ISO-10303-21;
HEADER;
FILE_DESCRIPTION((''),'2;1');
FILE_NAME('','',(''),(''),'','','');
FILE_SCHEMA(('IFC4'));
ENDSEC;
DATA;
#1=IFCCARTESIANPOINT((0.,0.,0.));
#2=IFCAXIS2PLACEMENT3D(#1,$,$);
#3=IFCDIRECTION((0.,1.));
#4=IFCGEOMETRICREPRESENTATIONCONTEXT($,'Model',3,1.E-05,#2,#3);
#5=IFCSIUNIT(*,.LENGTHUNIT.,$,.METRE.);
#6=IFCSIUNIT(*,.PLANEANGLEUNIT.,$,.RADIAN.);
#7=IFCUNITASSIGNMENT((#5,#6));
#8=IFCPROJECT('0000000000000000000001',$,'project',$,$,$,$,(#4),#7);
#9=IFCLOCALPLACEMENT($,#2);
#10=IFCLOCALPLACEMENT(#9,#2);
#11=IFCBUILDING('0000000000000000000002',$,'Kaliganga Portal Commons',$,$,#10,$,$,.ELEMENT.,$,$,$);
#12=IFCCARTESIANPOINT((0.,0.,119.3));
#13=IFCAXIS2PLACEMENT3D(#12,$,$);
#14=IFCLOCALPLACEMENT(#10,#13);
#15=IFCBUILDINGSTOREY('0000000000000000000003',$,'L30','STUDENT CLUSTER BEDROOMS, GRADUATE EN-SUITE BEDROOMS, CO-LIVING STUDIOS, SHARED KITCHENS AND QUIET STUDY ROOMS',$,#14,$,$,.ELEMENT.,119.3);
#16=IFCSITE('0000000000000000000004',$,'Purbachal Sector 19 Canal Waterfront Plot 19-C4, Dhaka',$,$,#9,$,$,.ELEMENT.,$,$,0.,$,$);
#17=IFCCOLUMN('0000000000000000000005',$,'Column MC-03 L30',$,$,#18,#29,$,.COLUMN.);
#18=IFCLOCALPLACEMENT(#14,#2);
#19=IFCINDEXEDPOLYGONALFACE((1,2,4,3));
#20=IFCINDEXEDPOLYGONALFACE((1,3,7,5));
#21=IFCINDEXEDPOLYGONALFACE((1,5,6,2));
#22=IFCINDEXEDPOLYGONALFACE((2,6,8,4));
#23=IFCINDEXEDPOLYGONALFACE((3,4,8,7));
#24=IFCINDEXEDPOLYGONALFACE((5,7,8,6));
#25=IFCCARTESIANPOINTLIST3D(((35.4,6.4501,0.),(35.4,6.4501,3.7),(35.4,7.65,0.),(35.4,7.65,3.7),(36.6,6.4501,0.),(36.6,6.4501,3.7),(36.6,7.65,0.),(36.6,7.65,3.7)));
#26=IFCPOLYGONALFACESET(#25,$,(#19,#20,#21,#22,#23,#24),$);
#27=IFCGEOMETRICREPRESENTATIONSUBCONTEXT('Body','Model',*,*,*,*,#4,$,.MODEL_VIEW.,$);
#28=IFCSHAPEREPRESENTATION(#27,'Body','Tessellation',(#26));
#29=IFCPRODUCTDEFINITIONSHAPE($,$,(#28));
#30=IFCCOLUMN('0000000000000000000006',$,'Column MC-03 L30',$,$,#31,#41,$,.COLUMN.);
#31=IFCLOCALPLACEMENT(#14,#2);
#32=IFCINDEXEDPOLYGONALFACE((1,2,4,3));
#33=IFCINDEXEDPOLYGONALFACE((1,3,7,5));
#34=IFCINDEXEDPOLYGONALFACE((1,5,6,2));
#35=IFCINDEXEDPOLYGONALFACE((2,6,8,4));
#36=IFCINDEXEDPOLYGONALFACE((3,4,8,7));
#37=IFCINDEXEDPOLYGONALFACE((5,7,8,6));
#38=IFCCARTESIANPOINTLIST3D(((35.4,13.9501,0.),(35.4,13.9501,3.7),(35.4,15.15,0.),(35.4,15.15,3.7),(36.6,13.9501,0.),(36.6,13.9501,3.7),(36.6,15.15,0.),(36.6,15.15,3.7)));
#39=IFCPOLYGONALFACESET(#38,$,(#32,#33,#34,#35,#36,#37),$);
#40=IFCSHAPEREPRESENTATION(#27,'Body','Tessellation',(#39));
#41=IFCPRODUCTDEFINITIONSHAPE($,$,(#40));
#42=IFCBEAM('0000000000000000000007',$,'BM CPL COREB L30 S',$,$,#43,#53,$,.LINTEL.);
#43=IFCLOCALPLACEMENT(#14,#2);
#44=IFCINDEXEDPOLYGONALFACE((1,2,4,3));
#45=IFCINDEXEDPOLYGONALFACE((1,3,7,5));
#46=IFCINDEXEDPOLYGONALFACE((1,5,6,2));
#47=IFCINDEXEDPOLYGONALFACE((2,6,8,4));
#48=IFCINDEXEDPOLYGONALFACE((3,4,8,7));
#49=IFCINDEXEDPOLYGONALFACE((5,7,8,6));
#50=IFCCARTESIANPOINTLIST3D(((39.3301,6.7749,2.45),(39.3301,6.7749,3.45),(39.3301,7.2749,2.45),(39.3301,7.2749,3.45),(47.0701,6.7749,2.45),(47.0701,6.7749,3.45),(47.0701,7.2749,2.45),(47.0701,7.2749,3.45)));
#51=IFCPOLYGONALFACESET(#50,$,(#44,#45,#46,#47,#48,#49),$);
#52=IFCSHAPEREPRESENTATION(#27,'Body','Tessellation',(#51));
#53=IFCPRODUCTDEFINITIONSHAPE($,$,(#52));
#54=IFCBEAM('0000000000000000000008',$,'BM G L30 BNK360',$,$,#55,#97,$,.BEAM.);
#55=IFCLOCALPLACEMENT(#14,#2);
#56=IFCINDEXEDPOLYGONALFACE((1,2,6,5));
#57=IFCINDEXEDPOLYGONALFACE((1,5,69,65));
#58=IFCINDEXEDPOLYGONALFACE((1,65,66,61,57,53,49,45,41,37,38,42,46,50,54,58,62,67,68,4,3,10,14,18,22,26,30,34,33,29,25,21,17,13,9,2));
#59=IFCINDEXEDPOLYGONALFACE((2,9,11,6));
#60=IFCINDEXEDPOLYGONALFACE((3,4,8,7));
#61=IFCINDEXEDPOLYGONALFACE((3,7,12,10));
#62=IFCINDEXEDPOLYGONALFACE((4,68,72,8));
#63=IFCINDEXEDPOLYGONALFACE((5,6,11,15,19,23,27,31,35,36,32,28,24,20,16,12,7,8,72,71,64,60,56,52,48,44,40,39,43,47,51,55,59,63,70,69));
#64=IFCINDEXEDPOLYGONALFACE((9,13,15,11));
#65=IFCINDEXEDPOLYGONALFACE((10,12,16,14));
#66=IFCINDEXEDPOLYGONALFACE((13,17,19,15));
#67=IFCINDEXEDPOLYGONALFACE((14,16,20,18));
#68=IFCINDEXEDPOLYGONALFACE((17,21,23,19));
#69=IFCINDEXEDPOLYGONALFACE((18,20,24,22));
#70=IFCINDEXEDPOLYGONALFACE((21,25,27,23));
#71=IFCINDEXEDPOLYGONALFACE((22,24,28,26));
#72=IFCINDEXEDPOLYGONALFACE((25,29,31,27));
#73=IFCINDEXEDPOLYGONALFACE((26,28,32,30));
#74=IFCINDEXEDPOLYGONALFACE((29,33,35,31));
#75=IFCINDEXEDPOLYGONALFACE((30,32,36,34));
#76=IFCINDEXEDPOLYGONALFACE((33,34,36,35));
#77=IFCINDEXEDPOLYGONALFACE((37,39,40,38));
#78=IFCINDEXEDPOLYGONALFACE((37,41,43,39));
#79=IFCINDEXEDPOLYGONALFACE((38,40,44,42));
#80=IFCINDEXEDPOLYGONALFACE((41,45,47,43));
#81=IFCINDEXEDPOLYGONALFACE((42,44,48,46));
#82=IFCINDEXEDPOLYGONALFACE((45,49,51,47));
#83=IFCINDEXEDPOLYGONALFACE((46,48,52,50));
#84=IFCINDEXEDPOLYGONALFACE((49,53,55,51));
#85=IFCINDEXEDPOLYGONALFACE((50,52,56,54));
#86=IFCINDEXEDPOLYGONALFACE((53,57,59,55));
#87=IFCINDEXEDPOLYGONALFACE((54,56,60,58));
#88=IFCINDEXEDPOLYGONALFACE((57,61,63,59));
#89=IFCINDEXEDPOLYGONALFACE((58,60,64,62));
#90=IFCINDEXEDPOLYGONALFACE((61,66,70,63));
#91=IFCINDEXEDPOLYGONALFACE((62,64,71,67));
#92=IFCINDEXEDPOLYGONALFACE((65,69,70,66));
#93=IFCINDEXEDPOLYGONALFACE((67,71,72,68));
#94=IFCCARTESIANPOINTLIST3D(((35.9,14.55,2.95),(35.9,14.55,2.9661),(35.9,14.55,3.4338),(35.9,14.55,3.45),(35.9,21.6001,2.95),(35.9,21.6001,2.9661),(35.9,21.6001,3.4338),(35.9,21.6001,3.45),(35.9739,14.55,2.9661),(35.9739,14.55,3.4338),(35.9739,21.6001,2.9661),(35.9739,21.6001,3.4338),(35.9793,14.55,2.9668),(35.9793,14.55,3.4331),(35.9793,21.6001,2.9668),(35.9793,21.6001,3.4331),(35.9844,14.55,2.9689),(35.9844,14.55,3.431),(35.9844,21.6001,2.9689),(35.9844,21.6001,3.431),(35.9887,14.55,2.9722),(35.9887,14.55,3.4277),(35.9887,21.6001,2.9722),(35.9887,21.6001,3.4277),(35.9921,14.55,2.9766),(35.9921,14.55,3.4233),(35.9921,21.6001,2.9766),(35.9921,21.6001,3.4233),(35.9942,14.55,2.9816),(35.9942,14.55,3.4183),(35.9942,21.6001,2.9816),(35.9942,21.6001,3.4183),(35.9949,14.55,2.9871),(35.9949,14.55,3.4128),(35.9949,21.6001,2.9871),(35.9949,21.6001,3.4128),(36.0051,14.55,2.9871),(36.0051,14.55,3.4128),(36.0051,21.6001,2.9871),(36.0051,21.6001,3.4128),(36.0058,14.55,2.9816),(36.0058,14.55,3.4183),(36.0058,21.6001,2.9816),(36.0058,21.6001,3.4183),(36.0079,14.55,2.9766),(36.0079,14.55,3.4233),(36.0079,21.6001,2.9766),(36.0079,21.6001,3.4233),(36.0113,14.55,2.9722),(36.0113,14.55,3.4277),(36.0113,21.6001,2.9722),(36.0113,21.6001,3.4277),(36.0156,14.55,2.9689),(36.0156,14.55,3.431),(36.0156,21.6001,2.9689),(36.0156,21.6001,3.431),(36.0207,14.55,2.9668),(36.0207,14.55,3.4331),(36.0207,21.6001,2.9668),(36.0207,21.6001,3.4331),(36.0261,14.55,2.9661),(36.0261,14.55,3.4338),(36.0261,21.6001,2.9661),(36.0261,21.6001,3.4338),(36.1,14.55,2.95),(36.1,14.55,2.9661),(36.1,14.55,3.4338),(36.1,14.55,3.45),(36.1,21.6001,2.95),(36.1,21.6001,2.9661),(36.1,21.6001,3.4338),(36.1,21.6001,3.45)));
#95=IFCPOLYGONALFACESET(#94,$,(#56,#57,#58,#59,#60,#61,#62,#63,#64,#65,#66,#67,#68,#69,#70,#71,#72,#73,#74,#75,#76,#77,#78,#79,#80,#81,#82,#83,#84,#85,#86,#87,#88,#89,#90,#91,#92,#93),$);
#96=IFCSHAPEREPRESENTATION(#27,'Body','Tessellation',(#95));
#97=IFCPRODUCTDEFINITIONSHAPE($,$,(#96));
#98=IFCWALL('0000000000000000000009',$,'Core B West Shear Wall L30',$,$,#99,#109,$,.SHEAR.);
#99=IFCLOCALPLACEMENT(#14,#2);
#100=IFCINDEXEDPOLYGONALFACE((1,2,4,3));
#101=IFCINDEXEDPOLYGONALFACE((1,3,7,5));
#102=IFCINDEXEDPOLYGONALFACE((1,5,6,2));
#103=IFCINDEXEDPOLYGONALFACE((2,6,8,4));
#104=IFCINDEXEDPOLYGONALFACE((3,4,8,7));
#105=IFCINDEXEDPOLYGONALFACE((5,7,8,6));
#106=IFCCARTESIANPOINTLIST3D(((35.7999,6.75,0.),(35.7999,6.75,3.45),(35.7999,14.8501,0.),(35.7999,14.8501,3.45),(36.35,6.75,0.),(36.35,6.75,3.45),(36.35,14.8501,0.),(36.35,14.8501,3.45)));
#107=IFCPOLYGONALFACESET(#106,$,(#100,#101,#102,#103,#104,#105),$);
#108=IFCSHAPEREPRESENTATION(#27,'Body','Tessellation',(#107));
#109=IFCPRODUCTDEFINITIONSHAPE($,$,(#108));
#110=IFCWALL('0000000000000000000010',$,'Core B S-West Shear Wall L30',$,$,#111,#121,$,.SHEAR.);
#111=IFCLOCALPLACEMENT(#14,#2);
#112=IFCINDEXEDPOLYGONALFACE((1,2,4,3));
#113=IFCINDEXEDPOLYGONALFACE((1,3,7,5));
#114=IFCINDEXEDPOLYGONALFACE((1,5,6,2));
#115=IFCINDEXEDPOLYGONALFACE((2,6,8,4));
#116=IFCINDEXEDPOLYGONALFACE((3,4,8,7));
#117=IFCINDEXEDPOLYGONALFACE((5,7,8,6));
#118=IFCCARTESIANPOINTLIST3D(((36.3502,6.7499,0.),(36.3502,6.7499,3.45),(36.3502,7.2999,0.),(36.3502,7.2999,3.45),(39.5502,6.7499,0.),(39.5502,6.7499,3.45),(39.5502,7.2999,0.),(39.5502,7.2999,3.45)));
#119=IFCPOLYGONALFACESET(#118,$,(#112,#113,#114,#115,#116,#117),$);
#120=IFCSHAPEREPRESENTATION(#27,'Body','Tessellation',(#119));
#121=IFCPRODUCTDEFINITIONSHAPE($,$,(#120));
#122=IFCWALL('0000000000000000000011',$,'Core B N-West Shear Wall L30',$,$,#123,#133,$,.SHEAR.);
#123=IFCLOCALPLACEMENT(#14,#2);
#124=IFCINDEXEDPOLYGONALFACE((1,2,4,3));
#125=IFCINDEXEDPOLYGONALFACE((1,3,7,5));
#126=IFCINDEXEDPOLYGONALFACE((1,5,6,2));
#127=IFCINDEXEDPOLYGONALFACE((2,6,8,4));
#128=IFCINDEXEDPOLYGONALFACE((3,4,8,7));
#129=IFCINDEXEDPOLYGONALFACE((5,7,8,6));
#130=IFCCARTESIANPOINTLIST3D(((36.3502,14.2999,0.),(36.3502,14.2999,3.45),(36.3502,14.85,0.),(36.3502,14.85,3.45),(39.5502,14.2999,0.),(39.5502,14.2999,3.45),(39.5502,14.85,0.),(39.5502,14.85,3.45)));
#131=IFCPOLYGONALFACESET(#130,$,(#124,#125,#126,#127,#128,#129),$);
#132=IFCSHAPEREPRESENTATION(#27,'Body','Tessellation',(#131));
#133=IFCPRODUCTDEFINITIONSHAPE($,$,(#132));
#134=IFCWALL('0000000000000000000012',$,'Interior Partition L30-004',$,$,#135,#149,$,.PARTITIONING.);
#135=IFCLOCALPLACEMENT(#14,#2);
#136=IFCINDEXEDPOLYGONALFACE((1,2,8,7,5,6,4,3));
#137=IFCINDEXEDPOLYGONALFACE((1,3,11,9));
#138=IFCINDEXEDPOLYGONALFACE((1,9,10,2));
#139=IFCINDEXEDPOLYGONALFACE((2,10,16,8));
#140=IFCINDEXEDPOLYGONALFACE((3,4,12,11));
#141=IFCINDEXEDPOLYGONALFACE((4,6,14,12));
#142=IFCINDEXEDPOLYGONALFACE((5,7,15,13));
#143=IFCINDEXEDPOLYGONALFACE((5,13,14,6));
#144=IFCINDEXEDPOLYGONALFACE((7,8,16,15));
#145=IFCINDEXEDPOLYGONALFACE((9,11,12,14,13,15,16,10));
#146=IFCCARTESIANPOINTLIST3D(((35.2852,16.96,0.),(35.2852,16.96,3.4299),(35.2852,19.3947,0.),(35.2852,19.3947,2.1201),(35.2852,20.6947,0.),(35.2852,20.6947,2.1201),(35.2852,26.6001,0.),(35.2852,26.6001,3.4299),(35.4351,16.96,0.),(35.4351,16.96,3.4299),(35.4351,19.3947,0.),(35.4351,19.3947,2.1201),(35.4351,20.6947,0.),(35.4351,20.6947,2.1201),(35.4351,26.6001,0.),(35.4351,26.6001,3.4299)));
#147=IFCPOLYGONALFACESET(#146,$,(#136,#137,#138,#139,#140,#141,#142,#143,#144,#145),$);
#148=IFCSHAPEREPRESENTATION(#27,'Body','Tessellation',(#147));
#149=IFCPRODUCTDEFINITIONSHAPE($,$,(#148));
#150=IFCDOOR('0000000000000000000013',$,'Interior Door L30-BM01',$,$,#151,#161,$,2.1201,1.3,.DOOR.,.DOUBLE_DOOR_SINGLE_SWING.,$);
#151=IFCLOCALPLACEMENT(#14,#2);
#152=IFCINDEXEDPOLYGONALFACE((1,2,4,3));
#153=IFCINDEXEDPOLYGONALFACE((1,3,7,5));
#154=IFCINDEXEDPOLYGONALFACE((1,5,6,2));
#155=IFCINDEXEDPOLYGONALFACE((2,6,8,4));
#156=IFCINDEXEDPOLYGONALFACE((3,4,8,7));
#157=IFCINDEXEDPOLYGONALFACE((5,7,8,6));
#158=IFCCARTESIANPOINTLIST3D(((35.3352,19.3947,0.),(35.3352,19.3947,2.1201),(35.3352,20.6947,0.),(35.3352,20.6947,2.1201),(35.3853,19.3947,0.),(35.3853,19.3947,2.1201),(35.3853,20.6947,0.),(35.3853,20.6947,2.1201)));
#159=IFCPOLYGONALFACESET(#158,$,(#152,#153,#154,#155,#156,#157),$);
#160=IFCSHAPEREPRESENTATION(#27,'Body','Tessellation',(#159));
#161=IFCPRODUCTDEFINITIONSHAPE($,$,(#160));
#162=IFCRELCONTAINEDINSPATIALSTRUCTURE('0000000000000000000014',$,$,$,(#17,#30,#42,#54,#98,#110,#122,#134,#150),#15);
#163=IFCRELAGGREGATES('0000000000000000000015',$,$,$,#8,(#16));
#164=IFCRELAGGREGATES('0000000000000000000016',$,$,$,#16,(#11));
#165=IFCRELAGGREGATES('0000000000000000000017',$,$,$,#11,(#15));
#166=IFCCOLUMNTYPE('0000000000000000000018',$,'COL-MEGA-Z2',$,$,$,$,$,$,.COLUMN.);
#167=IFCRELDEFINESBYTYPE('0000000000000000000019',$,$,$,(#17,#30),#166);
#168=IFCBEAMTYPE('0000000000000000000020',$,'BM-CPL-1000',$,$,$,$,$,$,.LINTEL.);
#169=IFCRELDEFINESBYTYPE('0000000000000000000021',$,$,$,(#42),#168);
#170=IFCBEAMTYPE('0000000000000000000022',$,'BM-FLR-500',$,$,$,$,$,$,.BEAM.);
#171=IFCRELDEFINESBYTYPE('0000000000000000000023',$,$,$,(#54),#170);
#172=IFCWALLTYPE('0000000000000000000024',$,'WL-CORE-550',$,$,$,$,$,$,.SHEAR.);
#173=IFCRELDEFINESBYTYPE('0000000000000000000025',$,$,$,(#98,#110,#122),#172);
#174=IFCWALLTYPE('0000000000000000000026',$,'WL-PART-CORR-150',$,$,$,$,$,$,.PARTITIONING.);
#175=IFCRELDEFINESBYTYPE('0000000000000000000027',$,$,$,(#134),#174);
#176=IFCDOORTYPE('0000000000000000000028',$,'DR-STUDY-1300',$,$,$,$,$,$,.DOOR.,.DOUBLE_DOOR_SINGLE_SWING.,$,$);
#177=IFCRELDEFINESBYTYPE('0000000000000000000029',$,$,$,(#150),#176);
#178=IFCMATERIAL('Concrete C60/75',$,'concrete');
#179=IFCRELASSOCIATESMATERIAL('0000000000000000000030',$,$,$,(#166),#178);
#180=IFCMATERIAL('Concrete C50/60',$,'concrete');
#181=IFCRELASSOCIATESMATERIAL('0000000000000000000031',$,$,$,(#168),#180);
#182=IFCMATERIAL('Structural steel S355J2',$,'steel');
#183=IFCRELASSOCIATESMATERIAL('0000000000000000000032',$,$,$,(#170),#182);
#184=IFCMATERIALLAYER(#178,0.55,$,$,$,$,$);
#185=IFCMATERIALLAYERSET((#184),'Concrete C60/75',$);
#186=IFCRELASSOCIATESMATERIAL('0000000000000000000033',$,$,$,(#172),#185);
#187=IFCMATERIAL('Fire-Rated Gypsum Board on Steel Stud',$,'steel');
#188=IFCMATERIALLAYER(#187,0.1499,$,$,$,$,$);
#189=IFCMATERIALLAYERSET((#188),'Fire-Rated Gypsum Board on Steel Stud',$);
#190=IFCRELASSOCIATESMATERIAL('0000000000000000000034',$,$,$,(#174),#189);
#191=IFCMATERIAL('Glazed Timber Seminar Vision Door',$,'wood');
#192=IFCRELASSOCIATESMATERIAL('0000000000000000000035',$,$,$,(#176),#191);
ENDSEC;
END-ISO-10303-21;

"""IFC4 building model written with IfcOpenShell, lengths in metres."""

from ifc_helpers import new_model, si_unit, direction, frame, frame_2d, origin, origin_2d, place, context, subcontext, project, spatial, rectangle, i_section, extrude, source, transform, mapped, material, layer, layer_set, material_profile, profile_set, type_object, element, fill, save


model = new_model("IFC4")

# Units and contexts
model_context = context("Model", 3, precision=1e-05, world=origin(), true_north=direction((0.0, 1.0)))
body_context = subcontext(model_context, "Body", "Model", "MODEL_VIEW")
ifc_project = project(units=[si_unit("LENGTHUNIT", "METRE"), si_unit("PLANEANGLEUNIT", "RADIAN")], contexts=[model_context])

# Site, building, storey
site_placement = place(None, origin())
site = spatial("IfcSite", under=ifc_project, at=site_placement, Name="Purbachal Sector 19 Canal Waterfront Plot 19-C4, Dhaka", CompositionType="ELEMENT", RefElevation=0.0)
building_placement = place(site_placement, origin())
building = spatial("IfcBuilding", under=site, at=building_placement, Name="Kaliganga Portal Commons", CompositionType="ELEMENT")
storey_placement = place(building_placement, frame((0.0, 0.0, 119.3)))
storey = spatial("IfcBuildingStorey", under=building, at=storey_placement, Name="L30", Description="STUDENT CLUSTER BEDROOMS, GRADUATE EN-SUITE BEDROOMS, CO-LIVING STUDIOS, SHARED KITCHENS AND QUIET STUDY ROOMS", CompositionType="ELEMENT", Elevation=119.3)

# Columns
ifc_material_1 = material(Name="Concrete C60/75", Category="concrete")
ifc_material_profile_1 = material_profile(ifc_material_1, rectangle(XDim=1.2, YDim=1.2, at=origin_2d()), Name="RC 1200x1200")
ifc_profile_set_1 = profile_set([ifc_material_profile_1], Name="Concrete C60/75")
column_type = type_object("IfcColumnType", Name="COL-MEGA-Z2", PredefinedType="COLUMN", material=ifc_profile_set_1)
shared_shape_1 = source(origin(), body_context, "Body", "SweptSolid", [
    extrude(rectangle(XDim=1.2, YDim=1.2, at=origin_2d()), origin(), (0.0, 0.0, 1.0), 3.7),
])
for number, where, z_axis, x_axis, name in (
    (1, (36.0, 7.05, 0.0), (0.0, 0.0, 1.0), (1.0, 0.0, 0.0), "Column MC-03 L30"),
    (2, (36.0, 14.55, 0.0), (0.0, 0.0, 1.0), (1.0, 0.0, 0.0), "Column MC-03 L30"),
):
    element("IfcColumn", number, at=place(storey_placement, frame(where, z_axis=z_axis, x_axis=x_axis)), inside=storey, type_object=column_type, Name=name, PredefinedType="COLUMN", context=body_context, shape_type="MappedRepresentation", body=[
        mapped(shared_shape_1, transform((0.0, 0.0, 0.0), x_axis=(1.0, 0.0, 0.0), y_axis=(0.0, 1.0, 0.0), z_axis=(0.0, 0.0, 1.0), scale=1.0)),
    ])

# Beams
ifc_material_2 = material(Name="Concrete C50/60", Category="concrete")
ifc_material_profile_2 = material_profile(ifc_material_2, rectangle(XDim=0.5, YDim=1.0, at=origin_2d()), Name="RC 500x1000")
ifc_profile_set_2 = profile_set([ifc_material_profile_2], Name="Concrete C50/60")
beam_type_1 = type_object("IfcBeamType", Name="BM-CPL-1000", PredefinedType="LINTEL", material=ifc_profile_set_2)
shared_shape_2 = source(origin(), body_context, "Body", "SweptSolid", [
    extrude(rectangle(XDim=0.5, YDim=1.0, at=origin_2d()), origin(), (0.0, 0.0, 1.0), 7.74),
])
beam_1_placement = place(storey_placement, frame((39.3301, 7.0249, 2.95), z_axis=(1.0, 0.0, 0.0), x_axis=(0.0, 1.0, 0.0)))
element("IfcBeam", 3, at=beam_1_placement, inside=storey, type_object=beam_type_1, Name="BM CPL COREB L30 S", PredefinedType="LINTEL", context=body_context, shape_type="MappedRepresentation", body=[
    mapped(shared_shape_2, transform((0.0, 0.0, 0.0), x_axis=(1.0, 0.0, 0.0), y_axis=(0.0, 1.0, 0.0), z_axis=(0.0, 0.0, 1.0), scale=1.0)),
])
ifc_material_3 = material(Name="Structural steel S355J2", Category="steel")
ifc_material_profile_3 = material_profile(ifc_material_3, i_section(OverallWidth=0.2, OverallDepth=0.5, WebThickness=0.0103, FlangeThickness=0.0161, FilletRadius=0.021, at=origin_2d()), Name="IPE 500")
ifc_profile_set_3 = profile_set([ifc_material_profile_3], Name="Structural steel S355J2 wide-flange")
beam_type_2 = type_object("IfcBeamType", Name="BM-FLR-500", PredefinedType="BEAM", material=ifc_profile_set_3)
shared_shape_3 = source(origin(), body_context, "Body", "SweptSolid", [
    extrude(i_section(OverallWidth=0.2, OverallDepth=0.5, WebThickness=0.0103, FlangeThickness=0.0161, FilletRadius=0.021, at=origin_2d()), origin(), (0.0, 0.0, 1.0), 7.05),
])
beam_2_placement = place(storey_placement, frame((36.0, 14.55, 3.2), z_axis=(0.0, 1.0, 0.0), x_axis=(-1.0, 0.0, 0.0)))
element("IfcBeam", 4, at=beam_2_placement, inside=storey, type_object=beam_type_2, Name="BM G L30 BNK360", PredefinedType="BEAM", context=body_context, shape_type="MappedRepresentation", body=[
    mapped(shared_shape_3, transform((0.0, 0.0, 0.0), x_axis=(1.0, 0.0, 0.0), y_axis=(0.0, 1.0, 0.0), z_axis=(0.0, 0.0, 1.0), scale=1.0)),
])

# Walls
ifc_layer_1 = layer(ifc_material_1, 0.55)
ifc_layer_set_1 = layer_set([ifc_layer_1], Name="Concrete C60/75")
wall_type_1 = type_object("IfcWallType", Name="WL-CORE-550", PredefinedType="SHEAR", material=ifc_layer_set_1)
wall_1_placement = place(storey_placement, frame((36.075, 6.75, 0.0), z_axis=(0.0, 0.0, 1.0), x_axis=(0.0, 1.0, 0.0)))
element("IfcWall", 5, at=wall_1_placement, inside=storey, type_object=wall_type_1, Name="Core B West Shear Wall L30", PredefinedType="SHEAR", context=body_context, shape_type="SweptSolid", body=[
    extrude(rectangle(XDim=8.1001, YDim=0.55, at=frame_2d((4.05, 0.0))), origin(), (0.0, 0.0, 1.0), 3.45),
])
for number, where, z_axis, x_axis, name in (
    (6, (36.3501, 7.0249, 0.0), (0.0, 0.0, 1.0), (1.0, 0.0, 0.0), "Core B S-West Shear Wall L30"),
    (7, (36.3501, 14.575, 0.0), (0.0, 0.0, 1.0), (1.0, 0.0, 0.0), "Core B N-West Shear Wall L30"),
):
    element("IfcWall", number, at=place(storey_placement, frame(where, z_axis=z_axis, x_axis=x_axis)), inside=storey, type_object=wall_type_1, Name=name, PredefinedType="SHEAR", context=body_context, shape_type="SweptSolid", body=[
        extrude(rectangle(XDim=3.2, YDim=0.55, at=frame_2d((1.6001, 0.0))), origin(), (0.0, 0.0, 1.0), 3.45),
    ])

# Wall, opening, door
ifc_material_4 = material(Name="Fire-Rated Gypsum Board on Steel Stud", Category="steel")
ifc_layer_2 = layer(ifc_material_4, 0.1499)
ifc_layer_set_2 = layer_set([ifc_layer_2], Name="Fire-Rated Gypsum Board on Steel Stud")
wall_type_2 = type_object("IfcWallType", Name="WL-PART-CORR-150", PredefinedType="PARTITIONING", material=ifc_layer_set_2)
wall_2_placement = place(storey_placement, frame((35.3601, 16.96, 0.0), z_axis=(0.0, 0.0, 1.0), x_axis=(0.0, 1.0, 0.0)))
wall_2 = element("IfcWall", 8, at=wall_2_placement, inside=storey, type_object=wall_type_2, Name="Interior Partition L30-004", PredefinedType="PARTITIONING", context=body_context, shape_type="SweptSolid", body=[
    extrude(rectangle(XDim=9.6401, YDim=0.1499, at=frame_2d((4.8201, 0.0))), origin(), (0.0, 0.0, 1.0), 3.4299),
])
opening_1_placement = place(wall_2_placement, frame((2.4348, 0.0, 0.0)))
opening_1 = element("IfcOpeningElement", 9, at=opening_1_placement, cuts=wall_2, PredefinedType="OPENING", context=body_context, shape_type="SweptSolid", body=[
    extrude(rectangle(XDim=1.3, YDim=2.1201, at=frame_2d((0.6499, 1.0601))), frame((0.0, 0.085, 0.0), z_axis=(0.0, -1.0, 0.0), x_axis=(1.0, 0.0, 0.0)), (0.0, 0.0, 1.0), 0.1699),
])
ifc_material_5 = material(Name="Glazed Timber Seminar Vision Door", Category="wood")
door_type = type_object("IfcDoorType", Name="DR-STUDY-1300", OperationType="DOUBLE_DOOR_SINGLE_SWING", PredefinedType="DOOR", material=ifc_material_5)
door_1_placement = place(opening_1_placement, origin())
door_1 = element("IfcDoor", 10, at=door_1_placement, inside=storey, type_object=door_type, Name="Interior Door L30-BM01", OperationType="DOUBLE_DOOR_SINGLE_SWING", OverallHeight=2.1201, OverallWidth=1.3, PredefinedType="DOOR", context=body_context, shape_type="SweptSolid", body=[
    extrude(rectangle(XDim=1.3, YDim=2.1201, at=frame_2d((0.6499, 1.0601))), frame((0.0, 0.0249, 0.0), z_axis=(0.0, -1.0, 0.0), x_axis=(1.0, 0.0, 0.0)), (0.0, 0.0, 1.0), 0.05),
])
fill(opening_1, door_1)

save(model, "model.ifc")
